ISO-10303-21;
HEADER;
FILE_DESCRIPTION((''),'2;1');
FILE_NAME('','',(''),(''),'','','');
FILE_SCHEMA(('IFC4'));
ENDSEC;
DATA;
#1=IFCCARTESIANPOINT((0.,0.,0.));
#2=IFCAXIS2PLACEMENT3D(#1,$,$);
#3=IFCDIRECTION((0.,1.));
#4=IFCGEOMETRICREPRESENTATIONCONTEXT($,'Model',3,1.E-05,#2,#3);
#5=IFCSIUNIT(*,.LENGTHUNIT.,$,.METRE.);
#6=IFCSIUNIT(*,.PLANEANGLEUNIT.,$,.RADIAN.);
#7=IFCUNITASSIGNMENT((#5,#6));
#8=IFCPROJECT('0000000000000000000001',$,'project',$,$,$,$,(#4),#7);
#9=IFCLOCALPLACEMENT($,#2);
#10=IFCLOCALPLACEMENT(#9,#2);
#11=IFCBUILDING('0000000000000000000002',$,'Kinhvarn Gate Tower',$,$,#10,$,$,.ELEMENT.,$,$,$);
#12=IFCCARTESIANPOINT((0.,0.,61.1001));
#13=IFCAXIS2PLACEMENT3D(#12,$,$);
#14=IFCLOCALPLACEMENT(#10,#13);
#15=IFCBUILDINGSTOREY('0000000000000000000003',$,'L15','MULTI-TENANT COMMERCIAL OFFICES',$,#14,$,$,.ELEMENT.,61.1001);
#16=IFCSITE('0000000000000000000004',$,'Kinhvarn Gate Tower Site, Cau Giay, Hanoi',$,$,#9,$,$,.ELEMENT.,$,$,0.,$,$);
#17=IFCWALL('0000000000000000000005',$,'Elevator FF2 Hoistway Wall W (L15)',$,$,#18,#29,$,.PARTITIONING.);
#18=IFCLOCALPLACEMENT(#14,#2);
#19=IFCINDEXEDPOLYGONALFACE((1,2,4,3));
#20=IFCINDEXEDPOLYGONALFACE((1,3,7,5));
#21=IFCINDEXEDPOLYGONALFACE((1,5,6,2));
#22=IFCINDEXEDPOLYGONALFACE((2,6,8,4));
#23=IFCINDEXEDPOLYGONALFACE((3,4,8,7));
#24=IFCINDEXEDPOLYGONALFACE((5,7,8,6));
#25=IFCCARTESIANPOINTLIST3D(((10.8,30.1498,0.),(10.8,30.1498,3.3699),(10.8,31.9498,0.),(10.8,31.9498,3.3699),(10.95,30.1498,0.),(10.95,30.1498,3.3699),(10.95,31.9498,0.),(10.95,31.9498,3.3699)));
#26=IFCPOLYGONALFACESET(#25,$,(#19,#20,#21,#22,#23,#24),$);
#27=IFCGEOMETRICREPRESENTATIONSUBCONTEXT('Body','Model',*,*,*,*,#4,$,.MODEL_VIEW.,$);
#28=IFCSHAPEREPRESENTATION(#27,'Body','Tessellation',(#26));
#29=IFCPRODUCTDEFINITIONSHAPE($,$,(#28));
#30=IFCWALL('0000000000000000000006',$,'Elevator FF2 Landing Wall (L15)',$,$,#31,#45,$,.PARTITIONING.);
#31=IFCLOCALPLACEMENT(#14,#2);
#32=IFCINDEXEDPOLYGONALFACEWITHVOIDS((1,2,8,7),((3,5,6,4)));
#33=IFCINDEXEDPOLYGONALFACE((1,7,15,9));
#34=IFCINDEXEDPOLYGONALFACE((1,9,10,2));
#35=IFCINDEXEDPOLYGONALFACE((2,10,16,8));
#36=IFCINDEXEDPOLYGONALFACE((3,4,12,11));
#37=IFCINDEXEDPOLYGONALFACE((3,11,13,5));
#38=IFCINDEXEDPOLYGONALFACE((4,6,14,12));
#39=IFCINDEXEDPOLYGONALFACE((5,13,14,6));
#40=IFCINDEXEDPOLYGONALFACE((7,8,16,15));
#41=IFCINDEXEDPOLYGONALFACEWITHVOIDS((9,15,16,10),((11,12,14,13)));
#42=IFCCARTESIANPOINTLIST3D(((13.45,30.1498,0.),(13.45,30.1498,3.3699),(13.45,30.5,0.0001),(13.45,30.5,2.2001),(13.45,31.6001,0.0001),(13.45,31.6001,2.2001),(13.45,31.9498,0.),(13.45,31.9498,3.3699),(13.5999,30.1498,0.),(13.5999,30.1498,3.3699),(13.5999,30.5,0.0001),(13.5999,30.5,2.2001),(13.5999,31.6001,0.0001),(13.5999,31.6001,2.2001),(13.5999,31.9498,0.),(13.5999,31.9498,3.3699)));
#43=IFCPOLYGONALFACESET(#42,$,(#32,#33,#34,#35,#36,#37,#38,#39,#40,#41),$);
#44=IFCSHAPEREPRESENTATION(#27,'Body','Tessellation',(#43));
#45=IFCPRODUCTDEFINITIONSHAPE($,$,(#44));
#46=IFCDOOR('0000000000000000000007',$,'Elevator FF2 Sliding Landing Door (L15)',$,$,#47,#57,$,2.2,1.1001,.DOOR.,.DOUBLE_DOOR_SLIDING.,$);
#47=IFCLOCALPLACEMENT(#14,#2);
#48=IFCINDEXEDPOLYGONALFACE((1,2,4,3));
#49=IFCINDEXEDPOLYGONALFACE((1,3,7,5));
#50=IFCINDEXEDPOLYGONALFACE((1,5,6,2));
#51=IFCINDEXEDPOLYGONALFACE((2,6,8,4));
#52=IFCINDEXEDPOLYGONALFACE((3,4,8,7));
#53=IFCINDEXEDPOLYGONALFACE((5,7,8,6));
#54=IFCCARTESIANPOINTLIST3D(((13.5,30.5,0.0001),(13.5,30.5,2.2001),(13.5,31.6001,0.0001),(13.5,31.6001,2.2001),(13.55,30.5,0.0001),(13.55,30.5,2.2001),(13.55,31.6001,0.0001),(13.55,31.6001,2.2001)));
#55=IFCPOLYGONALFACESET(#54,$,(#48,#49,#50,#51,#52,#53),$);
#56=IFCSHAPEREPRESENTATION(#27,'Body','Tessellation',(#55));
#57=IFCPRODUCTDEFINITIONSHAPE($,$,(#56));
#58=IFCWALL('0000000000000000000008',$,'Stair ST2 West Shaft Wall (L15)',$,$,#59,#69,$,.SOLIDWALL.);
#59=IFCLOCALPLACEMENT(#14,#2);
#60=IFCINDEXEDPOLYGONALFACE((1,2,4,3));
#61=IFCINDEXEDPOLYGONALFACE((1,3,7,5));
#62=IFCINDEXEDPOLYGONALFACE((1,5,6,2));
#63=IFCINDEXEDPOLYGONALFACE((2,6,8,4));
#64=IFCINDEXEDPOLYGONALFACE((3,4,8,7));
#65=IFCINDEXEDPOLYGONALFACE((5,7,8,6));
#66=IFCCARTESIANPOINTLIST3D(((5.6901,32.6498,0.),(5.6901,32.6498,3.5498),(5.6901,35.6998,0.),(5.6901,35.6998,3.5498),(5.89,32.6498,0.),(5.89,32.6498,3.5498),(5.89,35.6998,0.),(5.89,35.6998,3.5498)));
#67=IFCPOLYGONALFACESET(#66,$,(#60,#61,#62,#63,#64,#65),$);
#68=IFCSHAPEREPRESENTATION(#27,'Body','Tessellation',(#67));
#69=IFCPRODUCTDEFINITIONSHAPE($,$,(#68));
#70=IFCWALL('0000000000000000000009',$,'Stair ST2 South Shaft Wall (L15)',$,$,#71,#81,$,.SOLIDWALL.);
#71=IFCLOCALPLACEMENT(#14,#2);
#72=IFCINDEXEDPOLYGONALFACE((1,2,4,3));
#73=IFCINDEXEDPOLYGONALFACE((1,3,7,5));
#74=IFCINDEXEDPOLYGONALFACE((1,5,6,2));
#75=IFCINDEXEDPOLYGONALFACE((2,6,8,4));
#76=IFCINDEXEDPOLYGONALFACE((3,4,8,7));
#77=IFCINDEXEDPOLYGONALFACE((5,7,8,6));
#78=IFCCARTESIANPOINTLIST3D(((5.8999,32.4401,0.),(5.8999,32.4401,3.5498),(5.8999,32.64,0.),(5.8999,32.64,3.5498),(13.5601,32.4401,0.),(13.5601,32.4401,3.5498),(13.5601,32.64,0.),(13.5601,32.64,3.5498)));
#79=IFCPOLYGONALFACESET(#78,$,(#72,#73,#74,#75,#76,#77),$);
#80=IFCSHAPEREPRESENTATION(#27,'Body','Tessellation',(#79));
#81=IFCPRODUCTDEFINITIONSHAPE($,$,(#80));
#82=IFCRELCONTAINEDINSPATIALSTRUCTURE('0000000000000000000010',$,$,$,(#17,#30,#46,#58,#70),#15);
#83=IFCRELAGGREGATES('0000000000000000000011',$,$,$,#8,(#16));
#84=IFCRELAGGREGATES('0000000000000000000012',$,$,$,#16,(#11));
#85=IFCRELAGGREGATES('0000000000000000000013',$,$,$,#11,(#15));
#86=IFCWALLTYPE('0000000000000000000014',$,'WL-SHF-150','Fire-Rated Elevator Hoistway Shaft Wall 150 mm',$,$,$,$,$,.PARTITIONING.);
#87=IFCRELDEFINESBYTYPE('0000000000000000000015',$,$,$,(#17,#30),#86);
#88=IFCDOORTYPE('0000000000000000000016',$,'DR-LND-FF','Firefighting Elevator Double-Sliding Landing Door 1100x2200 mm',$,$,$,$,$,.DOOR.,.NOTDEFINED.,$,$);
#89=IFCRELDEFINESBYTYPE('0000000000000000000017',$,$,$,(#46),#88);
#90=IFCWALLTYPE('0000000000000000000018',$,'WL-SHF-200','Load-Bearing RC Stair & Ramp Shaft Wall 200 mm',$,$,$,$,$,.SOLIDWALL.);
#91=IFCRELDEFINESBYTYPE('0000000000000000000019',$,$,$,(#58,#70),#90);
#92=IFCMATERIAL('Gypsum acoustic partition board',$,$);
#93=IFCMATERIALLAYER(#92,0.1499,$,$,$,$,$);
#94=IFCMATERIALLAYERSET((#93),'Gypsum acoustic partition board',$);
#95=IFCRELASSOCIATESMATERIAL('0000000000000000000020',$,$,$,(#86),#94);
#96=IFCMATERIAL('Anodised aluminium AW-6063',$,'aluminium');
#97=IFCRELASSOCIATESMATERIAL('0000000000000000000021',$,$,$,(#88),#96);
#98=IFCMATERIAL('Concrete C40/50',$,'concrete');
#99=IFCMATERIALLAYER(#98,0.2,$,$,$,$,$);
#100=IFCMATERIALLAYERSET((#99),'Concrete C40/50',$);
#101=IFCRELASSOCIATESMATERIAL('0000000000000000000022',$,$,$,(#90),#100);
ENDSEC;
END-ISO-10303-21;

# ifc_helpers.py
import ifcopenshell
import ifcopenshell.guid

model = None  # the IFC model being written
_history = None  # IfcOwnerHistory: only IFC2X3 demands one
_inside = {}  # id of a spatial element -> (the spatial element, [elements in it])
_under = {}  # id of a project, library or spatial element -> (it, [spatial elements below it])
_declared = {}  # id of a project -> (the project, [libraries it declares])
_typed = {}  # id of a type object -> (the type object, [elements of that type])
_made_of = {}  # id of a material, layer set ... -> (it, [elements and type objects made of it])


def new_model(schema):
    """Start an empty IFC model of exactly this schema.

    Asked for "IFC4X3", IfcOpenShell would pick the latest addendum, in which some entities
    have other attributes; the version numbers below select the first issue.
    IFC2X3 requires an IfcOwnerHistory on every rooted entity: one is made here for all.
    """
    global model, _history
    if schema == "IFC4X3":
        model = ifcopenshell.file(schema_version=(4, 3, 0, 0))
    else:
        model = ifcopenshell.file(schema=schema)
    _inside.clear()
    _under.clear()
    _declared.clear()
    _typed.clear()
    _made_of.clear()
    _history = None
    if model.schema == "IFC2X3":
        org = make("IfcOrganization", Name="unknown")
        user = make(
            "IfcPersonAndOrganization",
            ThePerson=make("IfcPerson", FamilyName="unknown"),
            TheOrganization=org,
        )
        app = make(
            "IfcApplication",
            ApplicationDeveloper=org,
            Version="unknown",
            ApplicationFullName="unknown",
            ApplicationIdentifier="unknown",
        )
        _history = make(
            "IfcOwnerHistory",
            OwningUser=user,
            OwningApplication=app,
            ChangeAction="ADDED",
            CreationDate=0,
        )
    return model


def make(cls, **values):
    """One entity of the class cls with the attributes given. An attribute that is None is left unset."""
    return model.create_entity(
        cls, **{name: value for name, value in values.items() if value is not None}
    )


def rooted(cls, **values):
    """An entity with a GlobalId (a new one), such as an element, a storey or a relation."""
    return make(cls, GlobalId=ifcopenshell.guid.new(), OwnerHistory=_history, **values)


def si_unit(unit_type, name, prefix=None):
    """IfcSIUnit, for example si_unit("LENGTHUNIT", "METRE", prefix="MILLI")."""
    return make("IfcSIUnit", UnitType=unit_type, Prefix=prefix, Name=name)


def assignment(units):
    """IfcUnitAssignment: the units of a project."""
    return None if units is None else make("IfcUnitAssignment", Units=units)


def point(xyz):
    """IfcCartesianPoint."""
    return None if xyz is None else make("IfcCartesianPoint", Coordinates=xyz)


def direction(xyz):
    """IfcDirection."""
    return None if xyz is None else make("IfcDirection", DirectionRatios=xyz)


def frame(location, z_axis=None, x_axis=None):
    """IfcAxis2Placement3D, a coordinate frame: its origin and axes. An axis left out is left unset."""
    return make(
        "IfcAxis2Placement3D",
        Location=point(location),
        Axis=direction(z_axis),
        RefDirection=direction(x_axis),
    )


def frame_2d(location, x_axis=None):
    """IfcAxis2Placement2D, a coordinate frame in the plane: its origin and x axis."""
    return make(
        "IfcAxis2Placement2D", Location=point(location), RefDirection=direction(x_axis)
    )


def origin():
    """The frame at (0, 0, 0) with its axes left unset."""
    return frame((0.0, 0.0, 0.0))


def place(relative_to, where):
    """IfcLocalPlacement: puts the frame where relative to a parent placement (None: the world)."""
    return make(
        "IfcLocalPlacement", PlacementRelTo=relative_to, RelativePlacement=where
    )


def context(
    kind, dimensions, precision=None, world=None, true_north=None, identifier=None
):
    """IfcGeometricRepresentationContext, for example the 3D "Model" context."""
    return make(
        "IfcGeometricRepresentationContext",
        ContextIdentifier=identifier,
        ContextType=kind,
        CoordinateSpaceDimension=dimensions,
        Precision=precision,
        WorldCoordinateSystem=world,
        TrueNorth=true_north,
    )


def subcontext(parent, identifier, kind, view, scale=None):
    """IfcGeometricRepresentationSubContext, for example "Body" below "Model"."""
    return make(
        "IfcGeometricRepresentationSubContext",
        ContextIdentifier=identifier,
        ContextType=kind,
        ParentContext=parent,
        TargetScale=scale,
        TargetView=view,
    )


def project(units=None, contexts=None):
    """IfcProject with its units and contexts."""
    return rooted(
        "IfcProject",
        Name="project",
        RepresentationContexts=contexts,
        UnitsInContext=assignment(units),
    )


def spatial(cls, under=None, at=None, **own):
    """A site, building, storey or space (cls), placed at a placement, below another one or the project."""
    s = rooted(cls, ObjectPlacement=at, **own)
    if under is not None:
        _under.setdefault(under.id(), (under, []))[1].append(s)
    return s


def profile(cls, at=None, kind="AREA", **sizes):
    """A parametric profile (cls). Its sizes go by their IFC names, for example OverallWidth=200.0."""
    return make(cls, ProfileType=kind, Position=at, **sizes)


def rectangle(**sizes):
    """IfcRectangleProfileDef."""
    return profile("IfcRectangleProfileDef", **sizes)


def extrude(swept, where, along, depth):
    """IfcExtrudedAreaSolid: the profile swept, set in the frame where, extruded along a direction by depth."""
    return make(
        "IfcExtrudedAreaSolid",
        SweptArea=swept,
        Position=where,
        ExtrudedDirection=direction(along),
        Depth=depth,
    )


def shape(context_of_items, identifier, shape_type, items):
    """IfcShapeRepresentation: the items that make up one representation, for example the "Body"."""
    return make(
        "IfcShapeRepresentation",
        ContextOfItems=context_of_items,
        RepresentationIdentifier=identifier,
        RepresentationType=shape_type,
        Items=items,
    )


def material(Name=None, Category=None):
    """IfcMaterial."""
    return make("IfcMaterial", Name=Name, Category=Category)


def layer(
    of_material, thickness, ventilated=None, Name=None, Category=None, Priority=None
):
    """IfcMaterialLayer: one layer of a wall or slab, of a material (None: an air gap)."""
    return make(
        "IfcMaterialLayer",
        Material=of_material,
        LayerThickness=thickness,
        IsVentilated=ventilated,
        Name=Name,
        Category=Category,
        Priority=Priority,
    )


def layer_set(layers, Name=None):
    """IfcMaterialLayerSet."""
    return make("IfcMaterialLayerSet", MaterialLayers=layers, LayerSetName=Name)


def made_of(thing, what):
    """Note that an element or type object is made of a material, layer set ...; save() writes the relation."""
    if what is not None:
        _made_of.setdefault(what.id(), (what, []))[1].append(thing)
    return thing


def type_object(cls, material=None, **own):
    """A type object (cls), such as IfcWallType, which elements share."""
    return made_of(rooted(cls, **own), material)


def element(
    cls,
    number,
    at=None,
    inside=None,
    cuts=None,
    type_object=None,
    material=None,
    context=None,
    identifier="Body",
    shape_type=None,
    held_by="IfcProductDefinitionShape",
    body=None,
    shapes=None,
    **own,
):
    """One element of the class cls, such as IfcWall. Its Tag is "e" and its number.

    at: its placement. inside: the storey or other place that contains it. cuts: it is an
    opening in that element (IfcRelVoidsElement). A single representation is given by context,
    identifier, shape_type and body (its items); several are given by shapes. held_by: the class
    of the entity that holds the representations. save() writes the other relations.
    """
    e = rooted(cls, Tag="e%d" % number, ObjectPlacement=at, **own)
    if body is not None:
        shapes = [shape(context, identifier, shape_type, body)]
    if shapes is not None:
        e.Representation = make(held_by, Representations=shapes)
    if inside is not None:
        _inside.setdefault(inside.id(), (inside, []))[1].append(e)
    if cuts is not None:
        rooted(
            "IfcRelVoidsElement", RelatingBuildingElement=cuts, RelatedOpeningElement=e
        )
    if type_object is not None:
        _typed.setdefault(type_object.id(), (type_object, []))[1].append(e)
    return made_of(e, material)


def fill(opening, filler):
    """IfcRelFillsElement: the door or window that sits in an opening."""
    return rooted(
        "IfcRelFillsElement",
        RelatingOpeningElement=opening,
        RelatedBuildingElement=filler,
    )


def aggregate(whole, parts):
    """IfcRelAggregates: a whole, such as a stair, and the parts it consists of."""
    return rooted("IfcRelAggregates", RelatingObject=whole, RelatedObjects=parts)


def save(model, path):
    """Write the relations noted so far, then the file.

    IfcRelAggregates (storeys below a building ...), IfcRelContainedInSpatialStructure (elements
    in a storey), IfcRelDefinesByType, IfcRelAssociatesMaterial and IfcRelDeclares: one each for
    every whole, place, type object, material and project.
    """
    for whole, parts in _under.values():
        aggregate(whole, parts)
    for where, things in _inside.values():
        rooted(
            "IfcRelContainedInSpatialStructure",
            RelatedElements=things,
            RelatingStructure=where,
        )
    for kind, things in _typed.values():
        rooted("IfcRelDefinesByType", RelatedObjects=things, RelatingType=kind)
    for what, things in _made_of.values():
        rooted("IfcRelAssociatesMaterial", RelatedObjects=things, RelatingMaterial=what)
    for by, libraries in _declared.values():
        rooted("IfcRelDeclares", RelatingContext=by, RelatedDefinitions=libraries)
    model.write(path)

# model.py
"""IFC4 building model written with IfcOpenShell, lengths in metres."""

from ifc_helpers import new_model, si_unit, direction, frame, frame_2d, origin, place, context, subcontext, project, spatial, rectangle, extrude, material, layer, layer_set, type_object, element, fill, save


model = new_model("IFC4")

# Units and contexts
model_context = context("Model", 3, precision=1e-05, world=origin(), true_north=direction((0.0, 1.0)))
body_context = subcontext(model_context, "Body", "Model", "MODEL_VIEW")
ifc_project = project(units=[si_unit("LENGTHUNIT", "METRE"), si_unit("PLANEANGLEUNIT", "RADIAN")], contexts=[model_context])

# Site, building, storey
site_placement = place(None, origin())
site = spatial("IfcSite", under=ifc_project, at=site_placement, Name="Kinhvarn Gate Tower Site, Cau Giay, Hanoi", CompositionType="ELEMENT", RefElevation=0.0)
building_placement = place(site_placement, origin())
building = spatial("IfcBuilding", under=site, at=building_placement, Name="Kinhvarn Gate Tower", CompositionType="ELEMENT")
storey_placement = place(building_placement, frame((0.0, 0.0, 61.1001)))
storey = spatial("IfcBuildingStorey", under=building, at=storey_placement, Name="L15", Description="MULTI-TENANT COMMERCIAL OFFICES", CompositionType="ELEMENT", Elevation=61.1001)

# Shared definitions
ifc_material_1 = material(Name="Gypsum acoustic partition board")
ifc_material_2 = material(Name="Anodised aluminium AW-6063", Category="aluminium")

# Shared definitions
ifc_layer_1 = layer(ifc_material_1, 0.1499)
ifc_layer_set_1 = layer_set([ifc_layer_1], Name="Gypsum acoustic partition board")
wall_type_1 = type_object("IfcWallType", Name="WL-SHF-150", Description="Fire-Rated Elevator Hoistway Shaft Wall 150 mm", PredefinedType="PARTITIONING", material=ifc_layer_set_1)

# Wall
wall_1_placement = place(storey_placement, frame((10.875, 30.1499, 0.0), z_axis=(0.0, 0.0, 1.0), x_axis=(0.0, 1.0, 0.0)))
element("IfcWall", 1, at=wall_1_placement, inside=storey, type_object=wall_type_1, Name="Elevator FF2 Hoistway Wall W (L15)", PredefinedType="PARTITIONING", context=body_context, shape_type="SweptSolid", body=[
    extrude(rectangle(XDim=1.8, YDim=0.1499, at=frame_2d((0.8999, 0.0))), origin(), (0.0, 0.0, 1.0), 3.3699),
])

# Wall, opening, door
wall_2_placement = place(storey_placement, frame((13.5249, 30.1499, 0.0), z_axis=(0.0, 0.0, 1.0), x_axis=(0.0, 1.0, 0.0)))
wall_2 = element("IfcWall", 2, at=wall_2_placement, inside=storey, type_object=wall_type_1, Name="Elevator FF2 Landing Wall (L15)", PredefinedType="PARTITIONING", context=body_context, shape_type="SweptSolid", body=[
    extrude(rectangle(XDim=1.8, YDim=0.1499, at=frame_2d((0.8999, 0.0))), origin(), (0.0, 0.0, 1.0), 3.3699),
])
opening_1_placement = place(wall_2_placement, frame((0.3501, 0.0, 0.0)))
opening_1 = element("IfcOpeningElement", 3, at=opening_1_placement, cuts=wall_2, PredefinedType="OPENING", context=body_context, shape_type="SweptSolid", body=[
    extrude(rectangle(XDim=1.1001, YDim=2.2, at=frame_2d((0.55, 1.1001))), frame((0.0, 0.085, 0.0), z_axis=(0.0, -1.0, 0.0), x_axis=(1.0, 0.0, 0.0)), (0.0, 0.0, 1.0), 0.1699),
])
door_type_1 = type_object("IfcDoorType", Name="DR-LND-FF", Description="Firefighting Elevator Double-Sliding Landing Door 1100x2200 mm", OperationType="NOTDEFINED", PredefinedType="DOOR", material=ifc_material_2)
door_1_placement = place(opening_1_placement, origin())
door_1 = element("IfcDoor", 4, at=door_1_placement, inside=storey, type_object=door_type_1, Name="Elevator FF2 Sliding Landing Door (L15)", OperationType="DOUBLE_DOOR_SLIDING", OverallHeight=2.2, OverallWidth=1.1001, PredefinedType="DOOR", context=body_context, shape_type="SweptSolid", body=[
    extrude(rectangle(XDim=1.1001, YDim=2.2, at=frame_2d((0.55, 1.1001))), frame((0.0, 0.0249, 0.0), z_axis=(0.0, -1.0, 0.0), x_axis=(1.0, 0.0, 0.0)), (0.0, 0.0, 1.0), 0.05),
])
fill(opening_1, door_1)

# Walls
ifc_material_3 = material(Name="Concrete C40/50", Category="concrete")
ifc_layer_2 = layer(ifc_material_3, 0.2)
ifc_layer_set_2 = layer_set([ifc_layer_2], Name="Concrete C40/50")
wall_type_2 = type_object("IfcWallType", Name="WL-SHF-200", Description="Load-Bearing RC Stair & Ramp Shaft Wall 200 mm", PredefinedType="SOLIDWALL", material=ifc_layer_set_2)
wall_3_placement = place(storey_placement, frame((5.79, 32.6499, 0.0), z_axis=(0.0, 0.0, 1.0), x_axis=(0.0, 1.0, 0.0)))
element("IfcWall", 5, at=wall_3_placement, inside=storey, type_object=wall_type_2, Name="Stair ST2 West Shaft Wall (L15)", PredefinedType="SOLIDWALL", context=body_context, shape_type="SweptSolid", body=[
    extrude(rectangle(XDim=3.05, YDim=0.2, at=frame_2d((1.5249, 0.0))), origin(), (0.0, 0.0, 1.0), 3.5498),
])
wall_4_placement = place(storey_placement, frame((5.8999, 32.54, 0.0), z_axis=(0.0, 0.0, 1.0), x_axis=(1.0, 0.0, 0.0)))
element("IfcWall", 6, at=wall_4_placement, inside=storey, type_object=wall_type_2, Name="Stair ST2 South Shaft Wall (L15)", PredefinedType="SOLIDWALL", context=body_context, shape_type="SweptSolid", body=[
    extrude(rectangle(XDim=7.6602, YDim=0.2, at=frame_2d((3.8301, 0.0))), origin(), (0.0, 0.0, 1.0), 3.5498),
])

save(model, "model.ifc")
